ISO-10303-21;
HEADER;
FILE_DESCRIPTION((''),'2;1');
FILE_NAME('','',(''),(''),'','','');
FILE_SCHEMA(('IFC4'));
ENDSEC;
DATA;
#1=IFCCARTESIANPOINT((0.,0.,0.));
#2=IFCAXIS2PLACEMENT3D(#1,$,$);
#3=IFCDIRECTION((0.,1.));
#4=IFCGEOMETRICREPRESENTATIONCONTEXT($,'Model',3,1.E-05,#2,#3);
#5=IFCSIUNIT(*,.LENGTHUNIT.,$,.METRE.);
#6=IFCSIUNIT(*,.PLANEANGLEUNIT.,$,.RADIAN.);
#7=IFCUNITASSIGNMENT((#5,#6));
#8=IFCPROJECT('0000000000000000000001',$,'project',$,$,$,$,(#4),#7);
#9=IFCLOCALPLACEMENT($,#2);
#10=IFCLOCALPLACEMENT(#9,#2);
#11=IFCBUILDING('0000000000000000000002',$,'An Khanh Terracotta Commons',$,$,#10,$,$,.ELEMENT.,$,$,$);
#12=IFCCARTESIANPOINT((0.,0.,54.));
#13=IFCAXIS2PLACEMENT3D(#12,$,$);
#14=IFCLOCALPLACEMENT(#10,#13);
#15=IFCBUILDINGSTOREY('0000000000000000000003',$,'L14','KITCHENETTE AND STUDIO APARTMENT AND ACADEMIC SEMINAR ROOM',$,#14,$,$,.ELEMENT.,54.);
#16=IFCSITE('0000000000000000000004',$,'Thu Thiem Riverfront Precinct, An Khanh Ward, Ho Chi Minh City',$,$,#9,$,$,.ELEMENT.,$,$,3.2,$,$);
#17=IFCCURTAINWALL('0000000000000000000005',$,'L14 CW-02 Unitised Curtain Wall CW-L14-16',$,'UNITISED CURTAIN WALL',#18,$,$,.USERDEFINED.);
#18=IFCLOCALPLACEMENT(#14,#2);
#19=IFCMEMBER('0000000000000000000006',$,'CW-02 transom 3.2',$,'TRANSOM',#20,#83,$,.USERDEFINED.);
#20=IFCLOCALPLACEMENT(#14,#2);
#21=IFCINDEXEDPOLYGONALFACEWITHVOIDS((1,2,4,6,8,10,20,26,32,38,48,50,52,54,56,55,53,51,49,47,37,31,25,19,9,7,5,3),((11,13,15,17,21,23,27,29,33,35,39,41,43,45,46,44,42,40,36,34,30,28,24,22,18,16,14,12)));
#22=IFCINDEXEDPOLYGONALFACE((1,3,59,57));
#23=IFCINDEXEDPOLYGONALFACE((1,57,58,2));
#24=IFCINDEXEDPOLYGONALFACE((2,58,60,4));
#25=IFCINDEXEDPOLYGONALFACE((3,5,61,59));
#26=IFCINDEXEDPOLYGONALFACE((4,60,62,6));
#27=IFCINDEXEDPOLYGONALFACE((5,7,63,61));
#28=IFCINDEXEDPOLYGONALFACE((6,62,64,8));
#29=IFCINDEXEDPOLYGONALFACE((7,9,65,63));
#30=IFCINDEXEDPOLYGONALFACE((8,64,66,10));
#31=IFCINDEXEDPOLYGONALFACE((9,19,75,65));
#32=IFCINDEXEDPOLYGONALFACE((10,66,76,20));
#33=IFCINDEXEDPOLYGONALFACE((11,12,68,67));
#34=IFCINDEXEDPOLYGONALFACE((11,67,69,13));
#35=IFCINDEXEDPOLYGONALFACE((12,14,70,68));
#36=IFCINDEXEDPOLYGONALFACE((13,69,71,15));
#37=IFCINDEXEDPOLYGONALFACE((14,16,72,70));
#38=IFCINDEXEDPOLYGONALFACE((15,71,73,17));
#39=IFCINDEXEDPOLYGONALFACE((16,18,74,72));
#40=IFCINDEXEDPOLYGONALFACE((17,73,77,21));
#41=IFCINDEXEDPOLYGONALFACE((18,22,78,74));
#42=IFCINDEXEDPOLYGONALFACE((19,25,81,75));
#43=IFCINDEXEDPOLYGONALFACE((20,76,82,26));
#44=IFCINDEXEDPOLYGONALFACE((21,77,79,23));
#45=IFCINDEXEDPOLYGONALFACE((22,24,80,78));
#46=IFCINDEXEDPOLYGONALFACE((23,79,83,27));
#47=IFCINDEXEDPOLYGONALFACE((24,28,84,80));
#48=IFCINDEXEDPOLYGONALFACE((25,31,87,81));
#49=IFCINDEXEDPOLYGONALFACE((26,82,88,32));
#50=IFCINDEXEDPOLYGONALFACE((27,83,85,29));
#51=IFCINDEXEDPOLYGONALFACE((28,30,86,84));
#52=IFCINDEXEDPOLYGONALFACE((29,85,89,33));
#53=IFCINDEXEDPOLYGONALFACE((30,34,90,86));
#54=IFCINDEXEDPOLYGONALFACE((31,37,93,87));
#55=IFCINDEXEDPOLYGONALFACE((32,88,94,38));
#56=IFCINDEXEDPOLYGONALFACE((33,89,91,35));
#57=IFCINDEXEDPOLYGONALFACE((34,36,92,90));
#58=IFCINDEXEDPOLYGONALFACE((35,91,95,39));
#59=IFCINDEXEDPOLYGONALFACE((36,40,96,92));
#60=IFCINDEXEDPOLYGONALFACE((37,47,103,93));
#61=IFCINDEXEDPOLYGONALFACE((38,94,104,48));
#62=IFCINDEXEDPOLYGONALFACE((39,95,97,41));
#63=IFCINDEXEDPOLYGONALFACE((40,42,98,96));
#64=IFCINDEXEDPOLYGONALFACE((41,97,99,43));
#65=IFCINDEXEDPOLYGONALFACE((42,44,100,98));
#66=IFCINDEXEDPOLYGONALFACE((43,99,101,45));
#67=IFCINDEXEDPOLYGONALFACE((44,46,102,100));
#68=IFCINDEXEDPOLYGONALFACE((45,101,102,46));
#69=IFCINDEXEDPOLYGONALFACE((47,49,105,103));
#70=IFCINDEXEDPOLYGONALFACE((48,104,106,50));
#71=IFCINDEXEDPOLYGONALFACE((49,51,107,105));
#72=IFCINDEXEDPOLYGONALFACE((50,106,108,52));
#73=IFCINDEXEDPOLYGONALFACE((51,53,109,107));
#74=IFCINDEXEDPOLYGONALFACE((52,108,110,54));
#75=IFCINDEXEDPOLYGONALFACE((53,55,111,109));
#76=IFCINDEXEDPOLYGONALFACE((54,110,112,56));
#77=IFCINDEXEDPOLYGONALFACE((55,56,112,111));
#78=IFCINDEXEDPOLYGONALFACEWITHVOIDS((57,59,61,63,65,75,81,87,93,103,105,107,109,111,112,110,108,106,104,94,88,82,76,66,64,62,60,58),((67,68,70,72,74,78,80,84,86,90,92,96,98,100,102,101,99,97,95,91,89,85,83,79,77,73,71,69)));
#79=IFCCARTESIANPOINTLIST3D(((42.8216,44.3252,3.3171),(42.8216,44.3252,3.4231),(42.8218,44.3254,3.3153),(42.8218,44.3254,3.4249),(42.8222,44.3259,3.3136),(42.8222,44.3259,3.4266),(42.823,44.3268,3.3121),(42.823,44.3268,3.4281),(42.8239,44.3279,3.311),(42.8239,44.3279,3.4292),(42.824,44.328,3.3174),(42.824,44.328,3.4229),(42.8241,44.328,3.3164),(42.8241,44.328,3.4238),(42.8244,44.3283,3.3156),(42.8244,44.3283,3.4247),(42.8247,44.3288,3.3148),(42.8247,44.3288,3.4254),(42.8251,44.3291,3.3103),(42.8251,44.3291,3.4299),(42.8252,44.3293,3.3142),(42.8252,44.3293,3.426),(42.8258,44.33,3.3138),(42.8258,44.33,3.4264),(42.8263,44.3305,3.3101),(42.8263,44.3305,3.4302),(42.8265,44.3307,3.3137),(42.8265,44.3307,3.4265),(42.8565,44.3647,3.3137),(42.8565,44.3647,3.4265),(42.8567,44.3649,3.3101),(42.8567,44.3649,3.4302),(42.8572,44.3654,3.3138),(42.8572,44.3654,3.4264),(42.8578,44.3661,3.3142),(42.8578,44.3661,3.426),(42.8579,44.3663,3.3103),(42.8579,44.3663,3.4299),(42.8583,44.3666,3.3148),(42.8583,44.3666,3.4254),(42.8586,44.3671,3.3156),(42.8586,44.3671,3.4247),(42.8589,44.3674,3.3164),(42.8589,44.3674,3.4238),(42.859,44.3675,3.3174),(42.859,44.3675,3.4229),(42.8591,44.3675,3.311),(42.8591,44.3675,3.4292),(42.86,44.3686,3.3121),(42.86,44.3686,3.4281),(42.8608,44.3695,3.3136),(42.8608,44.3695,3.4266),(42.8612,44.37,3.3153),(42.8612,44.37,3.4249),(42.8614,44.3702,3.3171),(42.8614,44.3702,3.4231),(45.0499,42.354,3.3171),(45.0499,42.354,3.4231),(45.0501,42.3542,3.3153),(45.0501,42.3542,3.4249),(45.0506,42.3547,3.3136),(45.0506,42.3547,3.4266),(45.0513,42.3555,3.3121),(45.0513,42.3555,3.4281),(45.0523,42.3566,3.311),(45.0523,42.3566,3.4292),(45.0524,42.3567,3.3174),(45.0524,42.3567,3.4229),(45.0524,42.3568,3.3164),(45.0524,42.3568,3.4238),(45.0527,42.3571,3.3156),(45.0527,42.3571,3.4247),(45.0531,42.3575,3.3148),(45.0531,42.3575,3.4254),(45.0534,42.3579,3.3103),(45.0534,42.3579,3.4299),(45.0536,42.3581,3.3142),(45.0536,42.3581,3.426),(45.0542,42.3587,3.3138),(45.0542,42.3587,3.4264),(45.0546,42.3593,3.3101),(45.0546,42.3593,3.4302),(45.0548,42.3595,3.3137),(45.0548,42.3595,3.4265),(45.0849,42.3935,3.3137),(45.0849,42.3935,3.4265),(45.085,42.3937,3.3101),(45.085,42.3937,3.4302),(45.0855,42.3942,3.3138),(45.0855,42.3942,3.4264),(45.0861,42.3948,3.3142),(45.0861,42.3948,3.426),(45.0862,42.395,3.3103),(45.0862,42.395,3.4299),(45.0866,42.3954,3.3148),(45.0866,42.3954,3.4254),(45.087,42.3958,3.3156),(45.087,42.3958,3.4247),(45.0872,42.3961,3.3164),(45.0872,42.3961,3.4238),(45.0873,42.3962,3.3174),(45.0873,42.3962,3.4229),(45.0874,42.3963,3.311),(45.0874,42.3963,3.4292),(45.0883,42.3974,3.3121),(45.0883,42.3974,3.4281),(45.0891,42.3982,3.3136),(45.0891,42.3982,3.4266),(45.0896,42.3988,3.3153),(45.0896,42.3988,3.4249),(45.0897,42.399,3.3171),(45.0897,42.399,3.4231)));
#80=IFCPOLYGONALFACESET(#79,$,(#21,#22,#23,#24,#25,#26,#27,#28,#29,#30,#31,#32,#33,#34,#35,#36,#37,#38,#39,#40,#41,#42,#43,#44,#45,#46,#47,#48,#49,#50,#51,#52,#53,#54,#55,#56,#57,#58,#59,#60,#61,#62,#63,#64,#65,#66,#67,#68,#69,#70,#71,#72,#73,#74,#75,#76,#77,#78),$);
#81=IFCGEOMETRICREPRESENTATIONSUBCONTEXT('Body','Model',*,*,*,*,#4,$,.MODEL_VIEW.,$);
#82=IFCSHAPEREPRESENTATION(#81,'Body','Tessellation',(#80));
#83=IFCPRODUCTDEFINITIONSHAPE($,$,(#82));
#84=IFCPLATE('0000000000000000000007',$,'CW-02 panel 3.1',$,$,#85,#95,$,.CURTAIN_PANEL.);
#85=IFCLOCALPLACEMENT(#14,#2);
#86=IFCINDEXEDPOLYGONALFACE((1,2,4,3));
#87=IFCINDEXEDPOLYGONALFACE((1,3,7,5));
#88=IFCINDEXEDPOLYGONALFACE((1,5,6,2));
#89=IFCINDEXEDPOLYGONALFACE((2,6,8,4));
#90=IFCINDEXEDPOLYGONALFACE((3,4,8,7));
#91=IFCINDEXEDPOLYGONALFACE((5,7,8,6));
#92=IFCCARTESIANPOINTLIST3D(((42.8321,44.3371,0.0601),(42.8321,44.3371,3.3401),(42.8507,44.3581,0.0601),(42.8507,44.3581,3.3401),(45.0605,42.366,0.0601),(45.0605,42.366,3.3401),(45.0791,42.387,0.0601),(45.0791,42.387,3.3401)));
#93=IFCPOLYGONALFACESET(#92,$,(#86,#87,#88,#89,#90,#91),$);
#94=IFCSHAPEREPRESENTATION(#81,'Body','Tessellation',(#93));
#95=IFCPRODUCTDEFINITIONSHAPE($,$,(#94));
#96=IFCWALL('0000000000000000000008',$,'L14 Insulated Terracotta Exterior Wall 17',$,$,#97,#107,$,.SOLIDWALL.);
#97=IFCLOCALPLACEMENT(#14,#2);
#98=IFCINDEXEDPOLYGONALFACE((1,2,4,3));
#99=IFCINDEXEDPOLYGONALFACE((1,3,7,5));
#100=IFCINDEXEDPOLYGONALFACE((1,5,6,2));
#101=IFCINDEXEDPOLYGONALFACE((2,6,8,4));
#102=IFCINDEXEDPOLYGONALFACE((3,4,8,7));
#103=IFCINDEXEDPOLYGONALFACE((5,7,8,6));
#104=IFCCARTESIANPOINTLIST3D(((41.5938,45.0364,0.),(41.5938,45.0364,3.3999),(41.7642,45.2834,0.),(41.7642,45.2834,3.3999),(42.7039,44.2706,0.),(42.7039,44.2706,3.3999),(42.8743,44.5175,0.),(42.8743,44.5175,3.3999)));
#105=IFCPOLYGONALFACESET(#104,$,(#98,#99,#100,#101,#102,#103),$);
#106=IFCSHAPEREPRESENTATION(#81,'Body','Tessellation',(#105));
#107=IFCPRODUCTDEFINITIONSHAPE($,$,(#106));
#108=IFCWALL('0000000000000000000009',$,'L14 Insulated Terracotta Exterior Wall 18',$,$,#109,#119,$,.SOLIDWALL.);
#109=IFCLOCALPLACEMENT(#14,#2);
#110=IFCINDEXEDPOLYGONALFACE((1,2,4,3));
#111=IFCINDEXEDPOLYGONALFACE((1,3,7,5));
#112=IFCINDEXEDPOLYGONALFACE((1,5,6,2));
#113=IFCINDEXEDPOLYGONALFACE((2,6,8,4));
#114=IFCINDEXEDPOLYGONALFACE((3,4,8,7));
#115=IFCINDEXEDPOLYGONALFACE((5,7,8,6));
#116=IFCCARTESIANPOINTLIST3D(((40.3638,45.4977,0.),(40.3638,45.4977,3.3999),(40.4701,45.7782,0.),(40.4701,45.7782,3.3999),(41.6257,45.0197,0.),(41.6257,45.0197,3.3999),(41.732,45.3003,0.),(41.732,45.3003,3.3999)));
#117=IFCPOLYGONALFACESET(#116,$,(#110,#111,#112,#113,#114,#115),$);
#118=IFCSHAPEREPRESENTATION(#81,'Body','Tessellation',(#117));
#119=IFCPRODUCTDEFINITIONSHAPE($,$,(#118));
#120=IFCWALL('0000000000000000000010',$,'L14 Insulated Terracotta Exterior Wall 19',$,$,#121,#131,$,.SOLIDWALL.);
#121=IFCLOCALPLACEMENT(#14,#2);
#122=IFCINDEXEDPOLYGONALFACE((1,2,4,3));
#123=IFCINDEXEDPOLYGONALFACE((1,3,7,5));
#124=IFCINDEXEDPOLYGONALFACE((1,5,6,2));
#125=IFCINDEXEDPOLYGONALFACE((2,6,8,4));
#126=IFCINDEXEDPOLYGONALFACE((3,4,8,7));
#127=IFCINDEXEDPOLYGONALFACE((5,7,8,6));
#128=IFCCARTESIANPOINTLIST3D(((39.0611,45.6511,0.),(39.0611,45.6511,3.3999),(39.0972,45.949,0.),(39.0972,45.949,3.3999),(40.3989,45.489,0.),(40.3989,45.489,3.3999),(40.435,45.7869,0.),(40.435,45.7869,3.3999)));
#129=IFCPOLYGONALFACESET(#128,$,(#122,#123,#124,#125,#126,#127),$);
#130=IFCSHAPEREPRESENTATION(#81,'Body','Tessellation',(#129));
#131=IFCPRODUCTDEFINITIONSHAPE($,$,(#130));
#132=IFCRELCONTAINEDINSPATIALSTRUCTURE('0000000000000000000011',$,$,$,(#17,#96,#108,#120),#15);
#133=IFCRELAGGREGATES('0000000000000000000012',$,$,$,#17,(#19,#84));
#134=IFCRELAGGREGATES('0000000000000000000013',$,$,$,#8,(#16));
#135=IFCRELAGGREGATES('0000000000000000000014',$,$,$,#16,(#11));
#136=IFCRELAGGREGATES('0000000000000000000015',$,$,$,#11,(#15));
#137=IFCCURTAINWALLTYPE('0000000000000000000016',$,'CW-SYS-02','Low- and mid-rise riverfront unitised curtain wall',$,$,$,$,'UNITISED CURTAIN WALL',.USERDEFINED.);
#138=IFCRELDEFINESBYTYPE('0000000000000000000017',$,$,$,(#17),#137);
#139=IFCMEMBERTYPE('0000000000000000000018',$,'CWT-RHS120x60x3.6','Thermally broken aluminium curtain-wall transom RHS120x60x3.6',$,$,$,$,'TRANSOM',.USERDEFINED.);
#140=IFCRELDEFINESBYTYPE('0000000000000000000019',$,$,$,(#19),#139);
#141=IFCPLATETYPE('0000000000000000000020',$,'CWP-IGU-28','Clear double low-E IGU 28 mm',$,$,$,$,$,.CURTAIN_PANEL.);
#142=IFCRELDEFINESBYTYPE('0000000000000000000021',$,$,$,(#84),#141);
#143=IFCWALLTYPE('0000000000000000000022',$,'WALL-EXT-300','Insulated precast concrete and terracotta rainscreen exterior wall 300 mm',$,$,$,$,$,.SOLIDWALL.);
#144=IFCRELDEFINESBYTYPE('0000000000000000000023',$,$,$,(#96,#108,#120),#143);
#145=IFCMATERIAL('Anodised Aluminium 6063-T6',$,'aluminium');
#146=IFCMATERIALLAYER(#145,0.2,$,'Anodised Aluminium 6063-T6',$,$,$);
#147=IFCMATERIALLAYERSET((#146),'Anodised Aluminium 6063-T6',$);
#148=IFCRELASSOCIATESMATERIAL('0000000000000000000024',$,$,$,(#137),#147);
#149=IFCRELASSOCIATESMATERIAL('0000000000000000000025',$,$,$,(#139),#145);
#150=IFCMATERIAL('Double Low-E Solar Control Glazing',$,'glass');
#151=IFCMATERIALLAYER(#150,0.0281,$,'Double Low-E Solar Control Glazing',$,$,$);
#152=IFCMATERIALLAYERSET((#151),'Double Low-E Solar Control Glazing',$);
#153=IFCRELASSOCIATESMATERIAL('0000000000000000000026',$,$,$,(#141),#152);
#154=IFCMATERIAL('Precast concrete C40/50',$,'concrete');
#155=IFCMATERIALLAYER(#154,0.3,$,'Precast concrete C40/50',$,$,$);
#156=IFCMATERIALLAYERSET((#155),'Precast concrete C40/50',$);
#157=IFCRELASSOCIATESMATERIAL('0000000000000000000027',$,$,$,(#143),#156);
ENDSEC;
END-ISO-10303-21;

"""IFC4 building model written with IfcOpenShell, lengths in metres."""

from ifc_helpers import new_model, si_unit, direction, frame, frame_2d, origin, origin_2d, place, context, subcontext, project, spatial, rectangle, hollow_rectangle, extrude, material, layer, layer_set, material_profile, profile_set, type_object, element, aggregate, save


model = new_model("IFC4")

# Units and contexts
model_context = context("Model", 3, precision=1e-05, world=origin(), true_north=direction((0.0, 1.0)))
body_context = subcontext(model_context, "Body", "Model", "MODEL_VIEW")
ifc_project = project(units=[si_unit("LENGTHUNIT", "METRE"), si_unit("PLANEANGLEUNIT", "RADIAN")], contexts=[model_context])

# Site, building, storey
site_placement = place(None, origin())
site = spatial("IfcSite", under=ifc_project, at=site_placement, Name="Thu Thiem Riverfront Precinct, An Khanh Ward, Ho Chi Minh City", CompositionType="ELEMENT", RefElevation=3.2)
building_placement = place(site_placement, origin())
building = spatial("IfcBuilding", under=site, at=building_placement, Name="An Khanh Terracotta Commons", CompositionType="ELEMENT")
storey_placement = place(building_placement, frame((0.0, 0.0, 54.0)))
storey = spatial("IfcBuildingStorey", under=building, at=storey_placement, Name="L14", Description="KITCHENETTE AND STUDIO APARTMENT AND ACADEMIC SEMINAR ROOM", CompositionType="ELEMENT", Elevation=54.0)

# Curtain wall, member, plate
ifc_material_1 = material(Name="Anodised Aluminium 6063-T6", Category="aluminium")
ifc_layer_1 = layer(ifc_material_1, 0.2, Name="Anodised Aluminium 6063-T6")
ifc_layer_set_1 = layer_set([ifc_layer_1], Name="Anodised Aluminium 6063-T6")
curtain_wall_type = type_object("IfcCurtainWallType", Name="CW-SYS-02", Description="Low- and mid-rise riverfront unitised curtain wall", ElementType="UNITISED CURTAIN WALL", PredefinedType="USERDEFINED", material=ifc_layer_set_1)
curtain_wall_placement = place(storey_placement, origin())
curtain_wall = element("IfcCurtainWall", 1, at=curtain_wall_placement, inside=storey, type_object=curtain_wall_type, Name="L14 CW-02 Unitised Curtain Wall CW-L14-16", ObjectType="UNITISED CURTAIN WALL", PredefinedType="USERDEFINED")
ifc_material_profile_1 = material_profile(ifc_material_1, hollow_rectangle(XDim=0.0601, YDim=0.1201, WallThickness=0.0037, InnerFilletRadius=0.0037, OuterFilletRadius=0.0071, at=origin_2d()), Name="RHS120x60x3.6")
ifc_profile_set_1 = profile_set([ifc_material_profile_1], Name="Anodised Aluminium 6063-T6")
member_type_1 = type_object("IfcMemberType", Name="CWT-RHS120x60x3.6", Description="Thermally broken aluminium curtain-wall transom RHS120x60x3.6", ElementType="TRANSOM", PredefinedType="USERDEFINED", material=ifc_profile_set_1)
member_1_placement = place(storey_placement, frame((45.0698, 42.3765, 3.3701), z_axis=(-0.748992, 0.662579, 0.0), x_axis=(-0.662579, -0.748992, 0.0)))
member_1 = element("IfcMember", 2, at=member_1_placement, type_object=member_type_1, Name="CW-02 transom 3.2", ObjectType="TRANSOM", PredefinedType="USERDEFINED", context=body_context, shape_type="SweptSolid", body=[
    extrude(hollow_rectangle(XDim=0.0601, YDim=0.1201, WallThickness=0.0037, InnerFilletRadius=0.0037, OuterFilletRadius=0.0071, at=origin_2d()), origin(), (0.0, 0.0, 1.0), 2.9751),
])
ifc_material_2 = material(Name="Double Low-E Solar Control Glazing", Category="glass")
ifc_layer_2 = layer(ifc_material_2, 0.0281, Name="Double Low-E Solar Control Glazing")
ifc_layer_set_2 = layer_set([ifc_layer_2], Name="Double Low-E Solar Control Glazing")
plate_type = type_object("IfcPlateType", Name="CWP-IGU-28", Description="Clear double low-E IGU 28 mm", PredefinedType="CURTAIN_PANEL", material=ifc_layer_set_2)
plate_placement = place(storey_placement, frame((43.9556, 43.3621, 0.0601), z_axis=(0.0, 0.0, 1.0), x_axis=(-0.749019, 0.662548, 0.0)))
plate = element("IfcPlate", 3, at=plate_placement, type_object=plate_type, Name="CW-02 panel 3.1", PredefinedType="CURTAIN_PANEL", context=body_context, shape_type="SweptSolid", body=[
    extrude(rectangle(XDim=2.9751, YDim=0.0281, at=origin_2d()), origin(), (0.0, 0.0, 1.0), 3.28),
])
aggregate(curtain_wall, [member_1, plate])

# Walls
ifc_material_3 = material(Name="Precast concrete C40/50", Category="concrete")
ifc_layer_3 = layer(ifc_material_3, 0.3, Name="Precast concrete C40/50")
ifc_layer_set_3 = layer_set([ifc_layer_3], Name="Precast concrete C40/50")
wall_type = type_object("IfcWallType", Name="WALL-EXT-300", Description="Insulated precast concrete and terracotta rainscreen exterior wall 300 mm", PredefinedType="SOLIDWALL", material=ifc_layer_set_3)
wall_1_placement = place(storey_placement, frame((42.7891, 44.394, 0.0), z_axis=(0.0, 0.0, 1.0), x_axis=(-0.823117, 0.567873, 0.0)))
element("IfcWall", 4, at=wall_1_placement, inside=storey, type_object=wall_type, Name="L14 Insulated Terracotta Exterior Wall 17", PredefinedType="SOLIDWALL", context=body_context, shape_type="SweptSolid", body=[
    extrude(rectangle(XDim=1.3486, YDim=0.3, at=frame_2d((0.6743, 0.0))), origin(), (0.0, 0.0, 1.0), 3.3999),
])
wall_2_placement = place(storey_placement, frame((41.679, 45.1599, 0.0), z_axis=(0.0, 0.0, 1.0), x_axis=(-0.935157, 0.354234, 0.0)))
element("IfcWall", 5, at=wall_2_placement, inside=storey, type_object=wall_type, Name="L14 Insulated Terracotta Exterior Wall 18", PredefinedType="SOLIDWALL", context=body_context, shape_type="SweptSolid", body=[
    extrude(rectangle(XDim=1.3494, YDim=0.3, at=frame_2d((0.6748, 0.0))), origin(), (0.0, 0.0, 1.0), 3.3999),
])
wall_3_placement = place(storey_placement, frame((40.417, 45.6379, 0.0), z_axis=(0.0, 0.0, 1.0), x_axis=(-0.992739, 0.120288, 0.0)))
element("IfcWall", 6, at=wall_3_placement, inside=storey, type_object=wall_type, Name="L14 Insulated Terracotta Exterior Wall 19", PredefinedType="SOLIDWALL", context=body_context, shape_type="SweptSolid", body=[
    extrude(rectangle(XDim=1.3477, YDim=0.3, at=frame_2d((0.6738, 0.0))), origin(), (0.0, 0.0, 1.0), 3.3999),
])

save(model, "model.ifc")
